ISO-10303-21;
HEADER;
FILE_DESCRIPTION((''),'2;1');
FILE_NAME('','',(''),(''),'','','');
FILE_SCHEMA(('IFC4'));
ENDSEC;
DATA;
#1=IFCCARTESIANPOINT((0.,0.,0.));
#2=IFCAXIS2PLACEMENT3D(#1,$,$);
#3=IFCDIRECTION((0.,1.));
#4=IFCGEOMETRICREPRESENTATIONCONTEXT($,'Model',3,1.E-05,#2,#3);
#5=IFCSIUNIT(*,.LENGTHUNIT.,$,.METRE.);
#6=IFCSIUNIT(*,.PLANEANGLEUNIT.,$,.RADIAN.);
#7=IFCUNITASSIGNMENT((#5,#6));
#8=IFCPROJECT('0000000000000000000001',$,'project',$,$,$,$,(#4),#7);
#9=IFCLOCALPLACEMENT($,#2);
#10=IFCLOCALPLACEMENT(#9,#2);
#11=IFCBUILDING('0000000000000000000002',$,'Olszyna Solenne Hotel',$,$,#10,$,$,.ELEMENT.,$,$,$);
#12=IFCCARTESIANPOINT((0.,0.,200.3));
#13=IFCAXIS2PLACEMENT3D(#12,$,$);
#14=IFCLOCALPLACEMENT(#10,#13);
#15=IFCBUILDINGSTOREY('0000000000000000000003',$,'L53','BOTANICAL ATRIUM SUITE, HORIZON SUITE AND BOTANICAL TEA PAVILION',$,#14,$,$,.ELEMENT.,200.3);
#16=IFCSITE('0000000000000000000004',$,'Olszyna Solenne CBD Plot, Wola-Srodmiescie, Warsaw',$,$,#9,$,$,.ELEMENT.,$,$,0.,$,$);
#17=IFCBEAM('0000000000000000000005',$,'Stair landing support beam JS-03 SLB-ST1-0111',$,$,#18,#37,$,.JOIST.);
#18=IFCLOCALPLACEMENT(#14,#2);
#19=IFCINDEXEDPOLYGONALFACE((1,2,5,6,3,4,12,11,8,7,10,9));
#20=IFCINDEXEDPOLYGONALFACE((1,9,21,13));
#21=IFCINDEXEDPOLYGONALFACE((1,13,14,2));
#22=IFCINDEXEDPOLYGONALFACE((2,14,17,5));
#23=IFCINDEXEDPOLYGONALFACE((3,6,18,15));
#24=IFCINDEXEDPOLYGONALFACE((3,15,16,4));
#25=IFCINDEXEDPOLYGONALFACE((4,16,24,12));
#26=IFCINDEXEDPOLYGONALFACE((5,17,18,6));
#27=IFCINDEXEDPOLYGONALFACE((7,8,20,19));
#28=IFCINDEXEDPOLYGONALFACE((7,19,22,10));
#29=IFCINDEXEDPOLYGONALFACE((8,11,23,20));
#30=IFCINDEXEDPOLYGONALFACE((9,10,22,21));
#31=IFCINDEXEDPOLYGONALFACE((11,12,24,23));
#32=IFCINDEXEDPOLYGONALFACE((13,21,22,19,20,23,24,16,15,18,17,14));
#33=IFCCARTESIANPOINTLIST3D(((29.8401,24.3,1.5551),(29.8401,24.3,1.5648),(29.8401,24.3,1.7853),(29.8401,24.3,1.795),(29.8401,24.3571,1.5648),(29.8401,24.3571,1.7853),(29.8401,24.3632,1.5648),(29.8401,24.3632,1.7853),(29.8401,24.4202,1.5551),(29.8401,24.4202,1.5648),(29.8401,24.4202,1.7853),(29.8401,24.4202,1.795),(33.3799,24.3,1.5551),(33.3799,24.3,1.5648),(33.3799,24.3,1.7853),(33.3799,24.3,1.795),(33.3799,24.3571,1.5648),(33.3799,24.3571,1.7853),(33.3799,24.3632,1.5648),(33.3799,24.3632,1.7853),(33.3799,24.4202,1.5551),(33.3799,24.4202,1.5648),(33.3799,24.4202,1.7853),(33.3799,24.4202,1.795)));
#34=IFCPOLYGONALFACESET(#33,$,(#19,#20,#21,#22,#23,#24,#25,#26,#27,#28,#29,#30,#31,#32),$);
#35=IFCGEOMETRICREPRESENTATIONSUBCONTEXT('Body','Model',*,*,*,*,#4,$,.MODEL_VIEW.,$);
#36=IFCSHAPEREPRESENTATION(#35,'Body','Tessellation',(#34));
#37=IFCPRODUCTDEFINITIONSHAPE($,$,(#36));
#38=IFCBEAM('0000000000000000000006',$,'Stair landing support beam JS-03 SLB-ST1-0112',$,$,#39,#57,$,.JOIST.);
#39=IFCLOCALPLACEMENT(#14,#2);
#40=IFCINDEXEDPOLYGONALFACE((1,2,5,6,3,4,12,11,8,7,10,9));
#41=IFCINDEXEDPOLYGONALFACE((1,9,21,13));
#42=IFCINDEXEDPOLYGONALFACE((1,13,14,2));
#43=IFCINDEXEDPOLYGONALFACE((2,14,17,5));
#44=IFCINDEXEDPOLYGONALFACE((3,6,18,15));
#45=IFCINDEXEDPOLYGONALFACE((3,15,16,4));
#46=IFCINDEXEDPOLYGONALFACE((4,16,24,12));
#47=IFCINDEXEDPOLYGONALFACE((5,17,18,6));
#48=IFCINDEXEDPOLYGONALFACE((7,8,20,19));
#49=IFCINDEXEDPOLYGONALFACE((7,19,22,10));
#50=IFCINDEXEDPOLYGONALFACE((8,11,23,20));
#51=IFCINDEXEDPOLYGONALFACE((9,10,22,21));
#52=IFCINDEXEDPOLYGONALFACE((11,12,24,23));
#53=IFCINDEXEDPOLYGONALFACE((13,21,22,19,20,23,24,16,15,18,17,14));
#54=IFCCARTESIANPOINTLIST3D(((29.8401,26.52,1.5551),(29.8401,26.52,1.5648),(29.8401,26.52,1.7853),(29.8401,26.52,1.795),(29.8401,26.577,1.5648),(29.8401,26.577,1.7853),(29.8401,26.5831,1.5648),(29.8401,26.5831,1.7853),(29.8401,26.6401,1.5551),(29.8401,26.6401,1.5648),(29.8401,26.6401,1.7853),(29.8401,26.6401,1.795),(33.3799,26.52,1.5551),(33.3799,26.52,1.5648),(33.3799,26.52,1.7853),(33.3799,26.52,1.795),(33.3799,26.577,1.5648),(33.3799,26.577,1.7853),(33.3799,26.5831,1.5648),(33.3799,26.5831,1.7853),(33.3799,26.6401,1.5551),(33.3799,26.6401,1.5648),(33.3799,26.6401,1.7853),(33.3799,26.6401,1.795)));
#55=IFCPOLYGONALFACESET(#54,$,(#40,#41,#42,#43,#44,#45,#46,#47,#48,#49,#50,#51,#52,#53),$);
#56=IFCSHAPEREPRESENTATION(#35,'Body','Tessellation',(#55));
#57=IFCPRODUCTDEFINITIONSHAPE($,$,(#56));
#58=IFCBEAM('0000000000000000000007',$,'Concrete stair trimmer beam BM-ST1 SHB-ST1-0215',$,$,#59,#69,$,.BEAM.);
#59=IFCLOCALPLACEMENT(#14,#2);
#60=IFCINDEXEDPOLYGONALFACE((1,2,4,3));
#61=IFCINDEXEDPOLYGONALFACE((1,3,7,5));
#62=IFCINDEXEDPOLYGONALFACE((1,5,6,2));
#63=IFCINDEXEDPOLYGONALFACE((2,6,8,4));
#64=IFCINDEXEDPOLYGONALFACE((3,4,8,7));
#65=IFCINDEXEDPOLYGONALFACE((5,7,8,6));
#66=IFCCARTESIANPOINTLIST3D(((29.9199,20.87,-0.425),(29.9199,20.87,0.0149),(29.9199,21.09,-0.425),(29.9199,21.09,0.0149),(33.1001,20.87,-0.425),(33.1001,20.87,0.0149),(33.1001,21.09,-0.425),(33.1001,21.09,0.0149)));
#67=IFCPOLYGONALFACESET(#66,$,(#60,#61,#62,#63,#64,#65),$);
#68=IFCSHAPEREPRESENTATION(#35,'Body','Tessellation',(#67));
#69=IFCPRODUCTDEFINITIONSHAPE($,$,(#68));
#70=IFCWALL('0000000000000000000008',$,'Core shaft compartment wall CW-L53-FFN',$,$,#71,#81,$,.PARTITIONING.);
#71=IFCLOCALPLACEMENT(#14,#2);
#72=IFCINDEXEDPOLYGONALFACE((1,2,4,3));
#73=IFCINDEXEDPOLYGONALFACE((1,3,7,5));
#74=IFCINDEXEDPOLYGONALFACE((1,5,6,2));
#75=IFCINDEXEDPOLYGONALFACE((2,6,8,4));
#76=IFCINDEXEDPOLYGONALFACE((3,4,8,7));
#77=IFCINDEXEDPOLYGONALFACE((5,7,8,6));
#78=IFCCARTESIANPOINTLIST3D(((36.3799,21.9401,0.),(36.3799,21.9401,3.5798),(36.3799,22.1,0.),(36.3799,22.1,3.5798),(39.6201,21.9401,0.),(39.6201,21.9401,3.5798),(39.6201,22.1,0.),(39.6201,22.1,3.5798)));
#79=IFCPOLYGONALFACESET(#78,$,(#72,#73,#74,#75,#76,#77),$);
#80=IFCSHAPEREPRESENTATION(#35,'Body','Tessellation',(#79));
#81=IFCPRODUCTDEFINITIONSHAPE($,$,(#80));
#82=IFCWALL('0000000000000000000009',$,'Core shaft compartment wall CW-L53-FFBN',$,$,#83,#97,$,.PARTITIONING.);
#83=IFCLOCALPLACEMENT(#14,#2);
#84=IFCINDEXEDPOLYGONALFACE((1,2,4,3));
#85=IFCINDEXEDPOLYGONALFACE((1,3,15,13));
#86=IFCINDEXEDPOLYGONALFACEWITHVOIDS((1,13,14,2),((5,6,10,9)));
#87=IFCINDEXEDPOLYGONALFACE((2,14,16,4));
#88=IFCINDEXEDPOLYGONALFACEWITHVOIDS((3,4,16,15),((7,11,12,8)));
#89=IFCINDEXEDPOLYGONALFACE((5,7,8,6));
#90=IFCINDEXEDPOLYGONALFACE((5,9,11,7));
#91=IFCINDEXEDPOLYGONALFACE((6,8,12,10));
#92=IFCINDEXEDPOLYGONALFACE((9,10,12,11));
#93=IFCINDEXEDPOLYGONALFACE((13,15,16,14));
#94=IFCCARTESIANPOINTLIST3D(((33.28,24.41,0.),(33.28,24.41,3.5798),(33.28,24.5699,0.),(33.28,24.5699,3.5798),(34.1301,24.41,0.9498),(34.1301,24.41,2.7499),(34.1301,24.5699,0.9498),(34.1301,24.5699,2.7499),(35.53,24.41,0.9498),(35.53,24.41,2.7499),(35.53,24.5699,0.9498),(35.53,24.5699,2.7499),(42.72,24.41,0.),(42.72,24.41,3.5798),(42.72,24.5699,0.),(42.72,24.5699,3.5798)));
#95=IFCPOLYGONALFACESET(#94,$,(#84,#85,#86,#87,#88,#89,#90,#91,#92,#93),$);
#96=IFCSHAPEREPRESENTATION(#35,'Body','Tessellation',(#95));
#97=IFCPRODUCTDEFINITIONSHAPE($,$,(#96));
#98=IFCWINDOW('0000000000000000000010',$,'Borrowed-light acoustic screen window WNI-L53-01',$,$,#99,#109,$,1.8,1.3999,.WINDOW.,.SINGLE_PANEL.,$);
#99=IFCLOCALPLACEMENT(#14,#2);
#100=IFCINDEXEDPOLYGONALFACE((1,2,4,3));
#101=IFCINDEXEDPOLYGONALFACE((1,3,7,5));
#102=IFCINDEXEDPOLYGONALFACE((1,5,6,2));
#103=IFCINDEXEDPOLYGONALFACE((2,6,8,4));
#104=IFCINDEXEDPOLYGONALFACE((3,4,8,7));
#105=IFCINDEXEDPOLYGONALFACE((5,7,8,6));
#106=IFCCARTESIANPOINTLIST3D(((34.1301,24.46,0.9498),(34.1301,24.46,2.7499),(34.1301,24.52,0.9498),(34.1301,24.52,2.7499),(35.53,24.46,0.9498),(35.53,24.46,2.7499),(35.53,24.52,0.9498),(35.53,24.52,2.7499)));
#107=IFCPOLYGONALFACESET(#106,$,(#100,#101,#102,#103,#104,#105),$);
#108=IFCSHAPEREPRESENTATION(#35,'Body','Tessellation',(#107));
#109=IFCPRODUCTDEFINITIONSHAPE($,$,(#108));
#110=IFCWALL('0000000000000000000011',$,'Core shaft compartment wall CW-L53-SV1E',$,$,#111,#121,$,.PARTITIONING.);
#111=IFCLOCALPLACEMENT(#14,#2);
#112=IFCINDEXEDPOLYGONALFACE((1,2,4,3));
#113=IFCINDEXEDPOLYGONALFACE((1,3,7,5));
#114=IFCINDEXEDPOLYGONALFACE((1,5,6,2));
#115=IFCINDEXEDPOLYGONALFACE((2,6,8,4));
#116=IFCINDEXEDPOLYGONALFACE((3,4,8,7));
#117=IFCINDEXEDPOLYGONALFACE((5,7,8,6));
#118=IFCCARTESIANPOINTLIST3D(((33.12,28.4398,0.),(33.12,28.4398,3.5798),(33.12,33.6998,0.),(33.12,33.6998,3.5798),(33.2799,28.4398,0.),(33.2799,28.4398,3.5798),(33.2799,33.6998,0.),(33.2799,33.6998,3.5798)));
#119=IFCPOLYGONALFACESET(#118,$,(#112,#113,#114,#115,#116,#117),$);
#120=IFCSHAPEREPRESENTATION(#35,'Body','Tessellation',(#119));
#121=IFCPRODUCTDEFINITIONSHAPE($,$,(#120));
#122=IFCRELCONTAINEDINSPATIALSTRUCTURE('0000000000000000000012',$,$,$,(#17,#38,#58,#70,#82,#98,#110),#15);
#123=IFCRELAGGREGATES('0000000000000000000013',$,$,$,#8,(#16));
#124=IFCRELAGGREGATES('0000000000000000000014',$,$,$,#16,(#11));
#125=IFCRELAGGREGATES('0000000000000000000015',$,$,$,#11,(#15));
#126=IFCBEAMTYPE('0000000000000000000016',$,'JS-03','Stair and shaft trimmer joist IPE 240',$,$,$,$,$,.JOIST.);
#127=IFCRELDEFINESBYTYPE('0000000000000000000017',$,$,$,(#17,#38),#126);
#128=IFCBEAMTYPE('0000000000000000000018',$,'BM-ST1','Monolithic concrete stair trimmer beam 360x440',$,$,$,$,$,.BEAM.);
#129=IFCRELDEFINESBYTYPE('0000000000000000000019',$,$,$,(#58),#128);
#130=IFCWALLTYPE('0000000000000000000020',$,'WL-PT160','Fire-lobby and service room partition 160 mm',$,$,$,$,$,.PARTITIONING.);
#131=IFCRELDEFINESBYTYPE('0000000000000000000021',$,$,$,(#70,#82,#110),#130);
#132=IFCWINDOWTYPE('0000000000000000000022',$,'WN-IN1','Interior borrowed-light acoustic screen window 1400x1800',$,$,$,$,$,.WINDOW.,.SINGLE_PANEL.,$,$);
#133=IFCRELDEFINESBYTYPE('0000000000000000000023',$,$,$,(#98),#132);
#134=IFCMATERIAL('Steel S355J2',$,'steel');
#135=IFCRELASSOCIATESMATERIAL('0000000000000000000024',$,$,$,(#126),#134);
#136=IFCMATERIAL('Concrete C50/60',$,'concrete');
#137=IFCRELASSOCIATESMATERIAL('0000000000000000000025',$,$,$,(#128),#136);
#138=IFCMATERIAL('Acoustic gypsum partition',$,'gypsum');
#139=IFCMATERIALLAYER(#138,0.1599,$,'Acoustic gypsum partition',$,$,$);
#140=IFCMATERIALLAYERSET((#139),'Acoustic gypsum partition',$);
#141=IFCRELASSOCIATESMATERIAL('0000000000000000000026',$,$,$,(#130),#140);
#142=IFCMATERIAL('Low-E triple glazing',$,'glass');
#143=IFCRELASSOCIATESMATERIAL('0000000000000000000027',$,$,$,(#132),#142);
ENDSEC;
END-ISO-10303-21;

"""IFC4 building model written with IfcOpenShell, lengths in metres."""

from ifc_helpers import new_model, si_unit, direction, frame, frame_2d, origin, origin_2d, place, context, subcontext, project, spatial, rectangle, i_section, extrude, source, transform, mapped, material, layer, layer_set, material_profile, profile_set, type_object, type_shapes, element, fill, save


model = new_model("IFC4")

# Units and contexts
model_context = context("Model", 3, precision=1e-05, world=origin(), true_north=direction((0.0, 1.0)))
body_context = subcontext(model_context, "Body", "Model", "MODEL_VIEW")
ifc_project = project(units=[si_unit("LENGTHUNIT", "METRE"), si_unit("PLANEANGLEUNIT", "RADIAN")], contexts=[model_context])

# Site, building, storey
site_placement = place(None, origin())
site = spatial("IfcSite", under=ifc_project, at=site_placement, Name="Olszyna Solenne CBD Plot, Wola-Srodmiescie, Warsaw", CompositionType="ELEMENT", RefElevation=0.0)
building_placement = place(site_placement, origin())
building = spatial("IfcBuilding", under=site, at=building_placement, Name="Olszyna Solenne Hotel", CompositionType="ELEMENT")
storey_placement = place(building_placement, frame((0.0, 0.0, 200.3)))
storey = spatial("IfcBuildingStorey", under=building, at=storey_placement, Name="L53", Description="BOTANICAL ATRIUM SUITE, HORIZON SUITE AND BOTANICAL TEA PAVILION", CompositionType="ELEMENT", Elevation=200.3)

# Beams
ifc_material_1 = material(Name="Steel S355J2", Category="steel")
ifc_material_profile_1 = material_profile(ifc_material_1, i_section(OverallWidth=0.1201, OverallDepth=0.24, WebThickness=0.0061, FlangeThickness=0.0098, at=origin_2d()), Name="IPE 240", Category="load-bearing")
ifc_profile_set_1 = profile_set([ifc_material_profile_1], Name="Steel S355J2")
beam_type_1 = type_object("IfcBeamType", Name="JS-03", Description="Stair and shaft trimmer joist IPE 240", PredefinedType="JOIST", material=ifc_profile_set_1)
shared_shape_1 = source(origin(), body_context, "Body", "SweptSolid", [
    extrude(i_section(OverallWidth=0.1201, OverallDepth=0.24, WebThickness=0.0061, FlangeThickness=0.0098, at=origin_2d()), origin(), (0.0, 0.0, 1.0), 3.5398),
])
for number, where, z_axis, x_axis, name in (
    (1, (33.3799, 24.3601, 1.675), (-1.0, 0.0, 0.0), (0.0, -1.0, 0.0), "Stair landing support beam JS-03 SLB-ST1-0111"),
    (2, (33.3799, 26.5801, 1.675), (-1.0, 0.0, 0.0), (0.0, -1.0, 0.0), "Stair landing support beam JS-03 SLB-ST1-0112"),
):
    element("IfcBeam", number, at=place(storey_placement, frame(where, z_axis=z_axis, x_axis=x_axis)), inside=storey, type_object=beam_type_1, Name=name, PredefinedType="JOIST", context=body_context, shape_type="MappedRepresentation", body=[
        mapped(shared_shape_1, transform((0.0, 0.0, 0.0), x_axis=(1.0, 0.0, 0.0), y_axis=(0.0, 1.0, 0.0), z_axis=(0.0, 0.0, 1.0), scale=1.0)),
    ])
ifc_material_2 = material(Name="Concrete C50/60", Category="concrete")
ifc_material_profile_2 = material_profile(ifc_material_2, rectangle(XDim=0.22, YDim=0.4399, at=origin_2d()), Name="RC 220x440", Category="load-bearing")
ifc_profile_set_2 = profile_set([ifc_material_profile_2], Name="Concrete C50/60")
beam_type_2 = type_object("IfcBeamType", Name="BM-ST1", Description="Monolithic concrete stair trimmer beam 360x440", PredefinedType="BEAM", material=ifc_profile_set_2)
shared_shape_2 = source(origin(), body_context, "Body", "SweptSolid", [
    extrude(rectangle(XDim=0.22, YDim=0.4399, at=origin_2d()), origin(), (0.0, 0.0, 1.0), 3.1802),
])
beam_placement = place(storey_placement, frame((33.1001, 20.98, -0.2051), z_axis=(-1.0, 0.0, 0.0), x_axis=(0.0, -1.0, 0.0)))
element("IfcBeam", 3, at=beam_placement, inside=storey, type_object=beam_type_2, Name="Concrete stair trimmer beam BM-ST1 SHB-ST1-0215", PredefinedType="BEAM", context=body_context, shape_type="MappedRepresentation", body=[
    mapped(shared_shape_2, transform((0.0, 0.0, 0.0), x_axis=(1.0, 0.0, 0.0), y_axis=(0.0, 1.0, 0.0), z_axis=(0.0, 0.0, 1.0), scale=1.0)),
])

# Wall
ifc_material_3 = material(Name="Acoustic gypsum partition", Category="gypsum")
ifc_layer = layer(ifc_material_3, 0.1599, Name="Acoustic gypsum partition")
ifc_layer_set = layer_set([ifc_layer], Name="Acoustic gypsum partition")
wall_type = type_object("IfcWallType", Name="WL-PT160", Description="Fire-lobby and service room partition 160 mm", PredefinedType="PARTITIONING", material=ifc_layer_set)
wall_1_placement = place(storey_placement, frame((36.3799, 22.02, 0.0), z_axis=(0.0, 0.0, 1.0), x_axis=(1.0, 0.0, 0.0)))
element("IfcWall", 4, at=wall_1_placement, inside=storey, type_object=wall_type, Name="Core shaft compartment wall CW-L53-FFN", PredefinedType="PARTITIONING", context=body_context, shape_type="SweptSolid", body=[
    extrude(rectangle(XDim=3.2402, YDim=0.1599, at=frame_2d((1.6201, 0.0))), origin(), (0.0, 0.0, 1.0), 3.5798),
])

# Wall, opening, window
wall_2_placement = place(storey_placement, frame((33.28, 24.49, 0.0), z_axis=(0.0, 0.0, 1.0), x_axis=(1.0, 0.0, 0.0)))
wall_2 = element("IfcWall", 5, at=wall_2_placement, inside=storey, type_object=wall_type, Name="Core shaft compartment wall CW-L53-FFBN", PredefinedType="PARTITIONING", context=body_context, shape_type="SweptSolid", body=[
    extrude(rectangle(XDim=9.4399, YDim=0.1599, at=frame_2d((4.72, 0.0))), origin(), (0.0, 0.0, 1.0), 3.5798),
])
opening_1_placement = place(wall_2_placement, frame((0.8501, 0.0, 0.95)))
opening_1 = element("IfcOpeningElement", 6, at=opening_1_placement, cuts=wall_2, PredefinedType="OPENING", context=body_context, shape_type="SweptSolid", body=[
    extrude(rectangle(XDim=1.3999, YDim=1.8, at=frame_2d((0.7, 0.8999))), frame((0.0, 0.0898, 0.0), z_axis=(0.0, -1.0, 0.0), x_axis=(1.0, 0.0, 0.0)), (0.0, 0.0, 1.0), 0.1799),
])
ifc_material_4 = material(Name="Low-E triple glazing", Category="glass")
window_type = type_object("IfcWindowType", Name="WN-IN1", Description="Interior borrowed-light acoustic screen window 1400x1800", PartitioningType="SINGLE_PANEL", PredefinedType="WINDOW", material=ifc_material_4)
shared_shape_3 = source(origin(), body_context, "Body", "SweptSolid", [
    extrude(rectangle(XDim=1.3999, YDim=1.8, at=frame_2d((0.7, 0.8999))), frame((0.0, 0.03, 0.0), z_axis=(0.0, -1.0, 0.0), x_axis=(1.0, 0.0, 0.0)), (0.0, 0.0, 1.0), 0.0601),
])
type_shapes(window_type, [shared_shape_3])
window_placement = place(opening_1_placement, origin())
window = element("IfcWindow", 7, at=window_placement, inside=storey, type_object=window_type, Name="Borrowed-light acoustic screen window WNI-L53-01", OverallHeight=1.8, OverallWidth=1.3999, PartitioningType="SINGLE_PANEL", PredefinedType="WINDOW", context=body_context, shape_type="MappedRepresentation", body=[
    mapped(shared_shape_3, transform((0.0, 0.0, 0.0), x_axis=(1.0, 0.0, 0.0), y_axis=(0.0, 1.0, 0.0), z_axis=(0.0, 0.0, 1.0), scale=1.0)),
])
fill(opening_1, window)

# Wall
wall_3_placement = place(storey_placement, frame((33.2, 28.4399, 0.0), z_axis=(0.0, 0.0, 1.0), x_axis=(0.0, 1.0, 0.0)))
element("IfcWall", 8, at=wall_3_placement, inside=storey, type_object=wall_type, Name="Core shaft compartment wall CW-L53-SV1E", PredefinedType="PARTITIONING", context=body_context, shape_type="SweptSolid", body=[
    extrude(rectangle(XDim=5.26, YDim=0.1599, at=frame_2d((2.6299, 0.0))), origin(), (0.0, 0.0, 1.0), 3.5798),
])

save(model, "model.ifc")
